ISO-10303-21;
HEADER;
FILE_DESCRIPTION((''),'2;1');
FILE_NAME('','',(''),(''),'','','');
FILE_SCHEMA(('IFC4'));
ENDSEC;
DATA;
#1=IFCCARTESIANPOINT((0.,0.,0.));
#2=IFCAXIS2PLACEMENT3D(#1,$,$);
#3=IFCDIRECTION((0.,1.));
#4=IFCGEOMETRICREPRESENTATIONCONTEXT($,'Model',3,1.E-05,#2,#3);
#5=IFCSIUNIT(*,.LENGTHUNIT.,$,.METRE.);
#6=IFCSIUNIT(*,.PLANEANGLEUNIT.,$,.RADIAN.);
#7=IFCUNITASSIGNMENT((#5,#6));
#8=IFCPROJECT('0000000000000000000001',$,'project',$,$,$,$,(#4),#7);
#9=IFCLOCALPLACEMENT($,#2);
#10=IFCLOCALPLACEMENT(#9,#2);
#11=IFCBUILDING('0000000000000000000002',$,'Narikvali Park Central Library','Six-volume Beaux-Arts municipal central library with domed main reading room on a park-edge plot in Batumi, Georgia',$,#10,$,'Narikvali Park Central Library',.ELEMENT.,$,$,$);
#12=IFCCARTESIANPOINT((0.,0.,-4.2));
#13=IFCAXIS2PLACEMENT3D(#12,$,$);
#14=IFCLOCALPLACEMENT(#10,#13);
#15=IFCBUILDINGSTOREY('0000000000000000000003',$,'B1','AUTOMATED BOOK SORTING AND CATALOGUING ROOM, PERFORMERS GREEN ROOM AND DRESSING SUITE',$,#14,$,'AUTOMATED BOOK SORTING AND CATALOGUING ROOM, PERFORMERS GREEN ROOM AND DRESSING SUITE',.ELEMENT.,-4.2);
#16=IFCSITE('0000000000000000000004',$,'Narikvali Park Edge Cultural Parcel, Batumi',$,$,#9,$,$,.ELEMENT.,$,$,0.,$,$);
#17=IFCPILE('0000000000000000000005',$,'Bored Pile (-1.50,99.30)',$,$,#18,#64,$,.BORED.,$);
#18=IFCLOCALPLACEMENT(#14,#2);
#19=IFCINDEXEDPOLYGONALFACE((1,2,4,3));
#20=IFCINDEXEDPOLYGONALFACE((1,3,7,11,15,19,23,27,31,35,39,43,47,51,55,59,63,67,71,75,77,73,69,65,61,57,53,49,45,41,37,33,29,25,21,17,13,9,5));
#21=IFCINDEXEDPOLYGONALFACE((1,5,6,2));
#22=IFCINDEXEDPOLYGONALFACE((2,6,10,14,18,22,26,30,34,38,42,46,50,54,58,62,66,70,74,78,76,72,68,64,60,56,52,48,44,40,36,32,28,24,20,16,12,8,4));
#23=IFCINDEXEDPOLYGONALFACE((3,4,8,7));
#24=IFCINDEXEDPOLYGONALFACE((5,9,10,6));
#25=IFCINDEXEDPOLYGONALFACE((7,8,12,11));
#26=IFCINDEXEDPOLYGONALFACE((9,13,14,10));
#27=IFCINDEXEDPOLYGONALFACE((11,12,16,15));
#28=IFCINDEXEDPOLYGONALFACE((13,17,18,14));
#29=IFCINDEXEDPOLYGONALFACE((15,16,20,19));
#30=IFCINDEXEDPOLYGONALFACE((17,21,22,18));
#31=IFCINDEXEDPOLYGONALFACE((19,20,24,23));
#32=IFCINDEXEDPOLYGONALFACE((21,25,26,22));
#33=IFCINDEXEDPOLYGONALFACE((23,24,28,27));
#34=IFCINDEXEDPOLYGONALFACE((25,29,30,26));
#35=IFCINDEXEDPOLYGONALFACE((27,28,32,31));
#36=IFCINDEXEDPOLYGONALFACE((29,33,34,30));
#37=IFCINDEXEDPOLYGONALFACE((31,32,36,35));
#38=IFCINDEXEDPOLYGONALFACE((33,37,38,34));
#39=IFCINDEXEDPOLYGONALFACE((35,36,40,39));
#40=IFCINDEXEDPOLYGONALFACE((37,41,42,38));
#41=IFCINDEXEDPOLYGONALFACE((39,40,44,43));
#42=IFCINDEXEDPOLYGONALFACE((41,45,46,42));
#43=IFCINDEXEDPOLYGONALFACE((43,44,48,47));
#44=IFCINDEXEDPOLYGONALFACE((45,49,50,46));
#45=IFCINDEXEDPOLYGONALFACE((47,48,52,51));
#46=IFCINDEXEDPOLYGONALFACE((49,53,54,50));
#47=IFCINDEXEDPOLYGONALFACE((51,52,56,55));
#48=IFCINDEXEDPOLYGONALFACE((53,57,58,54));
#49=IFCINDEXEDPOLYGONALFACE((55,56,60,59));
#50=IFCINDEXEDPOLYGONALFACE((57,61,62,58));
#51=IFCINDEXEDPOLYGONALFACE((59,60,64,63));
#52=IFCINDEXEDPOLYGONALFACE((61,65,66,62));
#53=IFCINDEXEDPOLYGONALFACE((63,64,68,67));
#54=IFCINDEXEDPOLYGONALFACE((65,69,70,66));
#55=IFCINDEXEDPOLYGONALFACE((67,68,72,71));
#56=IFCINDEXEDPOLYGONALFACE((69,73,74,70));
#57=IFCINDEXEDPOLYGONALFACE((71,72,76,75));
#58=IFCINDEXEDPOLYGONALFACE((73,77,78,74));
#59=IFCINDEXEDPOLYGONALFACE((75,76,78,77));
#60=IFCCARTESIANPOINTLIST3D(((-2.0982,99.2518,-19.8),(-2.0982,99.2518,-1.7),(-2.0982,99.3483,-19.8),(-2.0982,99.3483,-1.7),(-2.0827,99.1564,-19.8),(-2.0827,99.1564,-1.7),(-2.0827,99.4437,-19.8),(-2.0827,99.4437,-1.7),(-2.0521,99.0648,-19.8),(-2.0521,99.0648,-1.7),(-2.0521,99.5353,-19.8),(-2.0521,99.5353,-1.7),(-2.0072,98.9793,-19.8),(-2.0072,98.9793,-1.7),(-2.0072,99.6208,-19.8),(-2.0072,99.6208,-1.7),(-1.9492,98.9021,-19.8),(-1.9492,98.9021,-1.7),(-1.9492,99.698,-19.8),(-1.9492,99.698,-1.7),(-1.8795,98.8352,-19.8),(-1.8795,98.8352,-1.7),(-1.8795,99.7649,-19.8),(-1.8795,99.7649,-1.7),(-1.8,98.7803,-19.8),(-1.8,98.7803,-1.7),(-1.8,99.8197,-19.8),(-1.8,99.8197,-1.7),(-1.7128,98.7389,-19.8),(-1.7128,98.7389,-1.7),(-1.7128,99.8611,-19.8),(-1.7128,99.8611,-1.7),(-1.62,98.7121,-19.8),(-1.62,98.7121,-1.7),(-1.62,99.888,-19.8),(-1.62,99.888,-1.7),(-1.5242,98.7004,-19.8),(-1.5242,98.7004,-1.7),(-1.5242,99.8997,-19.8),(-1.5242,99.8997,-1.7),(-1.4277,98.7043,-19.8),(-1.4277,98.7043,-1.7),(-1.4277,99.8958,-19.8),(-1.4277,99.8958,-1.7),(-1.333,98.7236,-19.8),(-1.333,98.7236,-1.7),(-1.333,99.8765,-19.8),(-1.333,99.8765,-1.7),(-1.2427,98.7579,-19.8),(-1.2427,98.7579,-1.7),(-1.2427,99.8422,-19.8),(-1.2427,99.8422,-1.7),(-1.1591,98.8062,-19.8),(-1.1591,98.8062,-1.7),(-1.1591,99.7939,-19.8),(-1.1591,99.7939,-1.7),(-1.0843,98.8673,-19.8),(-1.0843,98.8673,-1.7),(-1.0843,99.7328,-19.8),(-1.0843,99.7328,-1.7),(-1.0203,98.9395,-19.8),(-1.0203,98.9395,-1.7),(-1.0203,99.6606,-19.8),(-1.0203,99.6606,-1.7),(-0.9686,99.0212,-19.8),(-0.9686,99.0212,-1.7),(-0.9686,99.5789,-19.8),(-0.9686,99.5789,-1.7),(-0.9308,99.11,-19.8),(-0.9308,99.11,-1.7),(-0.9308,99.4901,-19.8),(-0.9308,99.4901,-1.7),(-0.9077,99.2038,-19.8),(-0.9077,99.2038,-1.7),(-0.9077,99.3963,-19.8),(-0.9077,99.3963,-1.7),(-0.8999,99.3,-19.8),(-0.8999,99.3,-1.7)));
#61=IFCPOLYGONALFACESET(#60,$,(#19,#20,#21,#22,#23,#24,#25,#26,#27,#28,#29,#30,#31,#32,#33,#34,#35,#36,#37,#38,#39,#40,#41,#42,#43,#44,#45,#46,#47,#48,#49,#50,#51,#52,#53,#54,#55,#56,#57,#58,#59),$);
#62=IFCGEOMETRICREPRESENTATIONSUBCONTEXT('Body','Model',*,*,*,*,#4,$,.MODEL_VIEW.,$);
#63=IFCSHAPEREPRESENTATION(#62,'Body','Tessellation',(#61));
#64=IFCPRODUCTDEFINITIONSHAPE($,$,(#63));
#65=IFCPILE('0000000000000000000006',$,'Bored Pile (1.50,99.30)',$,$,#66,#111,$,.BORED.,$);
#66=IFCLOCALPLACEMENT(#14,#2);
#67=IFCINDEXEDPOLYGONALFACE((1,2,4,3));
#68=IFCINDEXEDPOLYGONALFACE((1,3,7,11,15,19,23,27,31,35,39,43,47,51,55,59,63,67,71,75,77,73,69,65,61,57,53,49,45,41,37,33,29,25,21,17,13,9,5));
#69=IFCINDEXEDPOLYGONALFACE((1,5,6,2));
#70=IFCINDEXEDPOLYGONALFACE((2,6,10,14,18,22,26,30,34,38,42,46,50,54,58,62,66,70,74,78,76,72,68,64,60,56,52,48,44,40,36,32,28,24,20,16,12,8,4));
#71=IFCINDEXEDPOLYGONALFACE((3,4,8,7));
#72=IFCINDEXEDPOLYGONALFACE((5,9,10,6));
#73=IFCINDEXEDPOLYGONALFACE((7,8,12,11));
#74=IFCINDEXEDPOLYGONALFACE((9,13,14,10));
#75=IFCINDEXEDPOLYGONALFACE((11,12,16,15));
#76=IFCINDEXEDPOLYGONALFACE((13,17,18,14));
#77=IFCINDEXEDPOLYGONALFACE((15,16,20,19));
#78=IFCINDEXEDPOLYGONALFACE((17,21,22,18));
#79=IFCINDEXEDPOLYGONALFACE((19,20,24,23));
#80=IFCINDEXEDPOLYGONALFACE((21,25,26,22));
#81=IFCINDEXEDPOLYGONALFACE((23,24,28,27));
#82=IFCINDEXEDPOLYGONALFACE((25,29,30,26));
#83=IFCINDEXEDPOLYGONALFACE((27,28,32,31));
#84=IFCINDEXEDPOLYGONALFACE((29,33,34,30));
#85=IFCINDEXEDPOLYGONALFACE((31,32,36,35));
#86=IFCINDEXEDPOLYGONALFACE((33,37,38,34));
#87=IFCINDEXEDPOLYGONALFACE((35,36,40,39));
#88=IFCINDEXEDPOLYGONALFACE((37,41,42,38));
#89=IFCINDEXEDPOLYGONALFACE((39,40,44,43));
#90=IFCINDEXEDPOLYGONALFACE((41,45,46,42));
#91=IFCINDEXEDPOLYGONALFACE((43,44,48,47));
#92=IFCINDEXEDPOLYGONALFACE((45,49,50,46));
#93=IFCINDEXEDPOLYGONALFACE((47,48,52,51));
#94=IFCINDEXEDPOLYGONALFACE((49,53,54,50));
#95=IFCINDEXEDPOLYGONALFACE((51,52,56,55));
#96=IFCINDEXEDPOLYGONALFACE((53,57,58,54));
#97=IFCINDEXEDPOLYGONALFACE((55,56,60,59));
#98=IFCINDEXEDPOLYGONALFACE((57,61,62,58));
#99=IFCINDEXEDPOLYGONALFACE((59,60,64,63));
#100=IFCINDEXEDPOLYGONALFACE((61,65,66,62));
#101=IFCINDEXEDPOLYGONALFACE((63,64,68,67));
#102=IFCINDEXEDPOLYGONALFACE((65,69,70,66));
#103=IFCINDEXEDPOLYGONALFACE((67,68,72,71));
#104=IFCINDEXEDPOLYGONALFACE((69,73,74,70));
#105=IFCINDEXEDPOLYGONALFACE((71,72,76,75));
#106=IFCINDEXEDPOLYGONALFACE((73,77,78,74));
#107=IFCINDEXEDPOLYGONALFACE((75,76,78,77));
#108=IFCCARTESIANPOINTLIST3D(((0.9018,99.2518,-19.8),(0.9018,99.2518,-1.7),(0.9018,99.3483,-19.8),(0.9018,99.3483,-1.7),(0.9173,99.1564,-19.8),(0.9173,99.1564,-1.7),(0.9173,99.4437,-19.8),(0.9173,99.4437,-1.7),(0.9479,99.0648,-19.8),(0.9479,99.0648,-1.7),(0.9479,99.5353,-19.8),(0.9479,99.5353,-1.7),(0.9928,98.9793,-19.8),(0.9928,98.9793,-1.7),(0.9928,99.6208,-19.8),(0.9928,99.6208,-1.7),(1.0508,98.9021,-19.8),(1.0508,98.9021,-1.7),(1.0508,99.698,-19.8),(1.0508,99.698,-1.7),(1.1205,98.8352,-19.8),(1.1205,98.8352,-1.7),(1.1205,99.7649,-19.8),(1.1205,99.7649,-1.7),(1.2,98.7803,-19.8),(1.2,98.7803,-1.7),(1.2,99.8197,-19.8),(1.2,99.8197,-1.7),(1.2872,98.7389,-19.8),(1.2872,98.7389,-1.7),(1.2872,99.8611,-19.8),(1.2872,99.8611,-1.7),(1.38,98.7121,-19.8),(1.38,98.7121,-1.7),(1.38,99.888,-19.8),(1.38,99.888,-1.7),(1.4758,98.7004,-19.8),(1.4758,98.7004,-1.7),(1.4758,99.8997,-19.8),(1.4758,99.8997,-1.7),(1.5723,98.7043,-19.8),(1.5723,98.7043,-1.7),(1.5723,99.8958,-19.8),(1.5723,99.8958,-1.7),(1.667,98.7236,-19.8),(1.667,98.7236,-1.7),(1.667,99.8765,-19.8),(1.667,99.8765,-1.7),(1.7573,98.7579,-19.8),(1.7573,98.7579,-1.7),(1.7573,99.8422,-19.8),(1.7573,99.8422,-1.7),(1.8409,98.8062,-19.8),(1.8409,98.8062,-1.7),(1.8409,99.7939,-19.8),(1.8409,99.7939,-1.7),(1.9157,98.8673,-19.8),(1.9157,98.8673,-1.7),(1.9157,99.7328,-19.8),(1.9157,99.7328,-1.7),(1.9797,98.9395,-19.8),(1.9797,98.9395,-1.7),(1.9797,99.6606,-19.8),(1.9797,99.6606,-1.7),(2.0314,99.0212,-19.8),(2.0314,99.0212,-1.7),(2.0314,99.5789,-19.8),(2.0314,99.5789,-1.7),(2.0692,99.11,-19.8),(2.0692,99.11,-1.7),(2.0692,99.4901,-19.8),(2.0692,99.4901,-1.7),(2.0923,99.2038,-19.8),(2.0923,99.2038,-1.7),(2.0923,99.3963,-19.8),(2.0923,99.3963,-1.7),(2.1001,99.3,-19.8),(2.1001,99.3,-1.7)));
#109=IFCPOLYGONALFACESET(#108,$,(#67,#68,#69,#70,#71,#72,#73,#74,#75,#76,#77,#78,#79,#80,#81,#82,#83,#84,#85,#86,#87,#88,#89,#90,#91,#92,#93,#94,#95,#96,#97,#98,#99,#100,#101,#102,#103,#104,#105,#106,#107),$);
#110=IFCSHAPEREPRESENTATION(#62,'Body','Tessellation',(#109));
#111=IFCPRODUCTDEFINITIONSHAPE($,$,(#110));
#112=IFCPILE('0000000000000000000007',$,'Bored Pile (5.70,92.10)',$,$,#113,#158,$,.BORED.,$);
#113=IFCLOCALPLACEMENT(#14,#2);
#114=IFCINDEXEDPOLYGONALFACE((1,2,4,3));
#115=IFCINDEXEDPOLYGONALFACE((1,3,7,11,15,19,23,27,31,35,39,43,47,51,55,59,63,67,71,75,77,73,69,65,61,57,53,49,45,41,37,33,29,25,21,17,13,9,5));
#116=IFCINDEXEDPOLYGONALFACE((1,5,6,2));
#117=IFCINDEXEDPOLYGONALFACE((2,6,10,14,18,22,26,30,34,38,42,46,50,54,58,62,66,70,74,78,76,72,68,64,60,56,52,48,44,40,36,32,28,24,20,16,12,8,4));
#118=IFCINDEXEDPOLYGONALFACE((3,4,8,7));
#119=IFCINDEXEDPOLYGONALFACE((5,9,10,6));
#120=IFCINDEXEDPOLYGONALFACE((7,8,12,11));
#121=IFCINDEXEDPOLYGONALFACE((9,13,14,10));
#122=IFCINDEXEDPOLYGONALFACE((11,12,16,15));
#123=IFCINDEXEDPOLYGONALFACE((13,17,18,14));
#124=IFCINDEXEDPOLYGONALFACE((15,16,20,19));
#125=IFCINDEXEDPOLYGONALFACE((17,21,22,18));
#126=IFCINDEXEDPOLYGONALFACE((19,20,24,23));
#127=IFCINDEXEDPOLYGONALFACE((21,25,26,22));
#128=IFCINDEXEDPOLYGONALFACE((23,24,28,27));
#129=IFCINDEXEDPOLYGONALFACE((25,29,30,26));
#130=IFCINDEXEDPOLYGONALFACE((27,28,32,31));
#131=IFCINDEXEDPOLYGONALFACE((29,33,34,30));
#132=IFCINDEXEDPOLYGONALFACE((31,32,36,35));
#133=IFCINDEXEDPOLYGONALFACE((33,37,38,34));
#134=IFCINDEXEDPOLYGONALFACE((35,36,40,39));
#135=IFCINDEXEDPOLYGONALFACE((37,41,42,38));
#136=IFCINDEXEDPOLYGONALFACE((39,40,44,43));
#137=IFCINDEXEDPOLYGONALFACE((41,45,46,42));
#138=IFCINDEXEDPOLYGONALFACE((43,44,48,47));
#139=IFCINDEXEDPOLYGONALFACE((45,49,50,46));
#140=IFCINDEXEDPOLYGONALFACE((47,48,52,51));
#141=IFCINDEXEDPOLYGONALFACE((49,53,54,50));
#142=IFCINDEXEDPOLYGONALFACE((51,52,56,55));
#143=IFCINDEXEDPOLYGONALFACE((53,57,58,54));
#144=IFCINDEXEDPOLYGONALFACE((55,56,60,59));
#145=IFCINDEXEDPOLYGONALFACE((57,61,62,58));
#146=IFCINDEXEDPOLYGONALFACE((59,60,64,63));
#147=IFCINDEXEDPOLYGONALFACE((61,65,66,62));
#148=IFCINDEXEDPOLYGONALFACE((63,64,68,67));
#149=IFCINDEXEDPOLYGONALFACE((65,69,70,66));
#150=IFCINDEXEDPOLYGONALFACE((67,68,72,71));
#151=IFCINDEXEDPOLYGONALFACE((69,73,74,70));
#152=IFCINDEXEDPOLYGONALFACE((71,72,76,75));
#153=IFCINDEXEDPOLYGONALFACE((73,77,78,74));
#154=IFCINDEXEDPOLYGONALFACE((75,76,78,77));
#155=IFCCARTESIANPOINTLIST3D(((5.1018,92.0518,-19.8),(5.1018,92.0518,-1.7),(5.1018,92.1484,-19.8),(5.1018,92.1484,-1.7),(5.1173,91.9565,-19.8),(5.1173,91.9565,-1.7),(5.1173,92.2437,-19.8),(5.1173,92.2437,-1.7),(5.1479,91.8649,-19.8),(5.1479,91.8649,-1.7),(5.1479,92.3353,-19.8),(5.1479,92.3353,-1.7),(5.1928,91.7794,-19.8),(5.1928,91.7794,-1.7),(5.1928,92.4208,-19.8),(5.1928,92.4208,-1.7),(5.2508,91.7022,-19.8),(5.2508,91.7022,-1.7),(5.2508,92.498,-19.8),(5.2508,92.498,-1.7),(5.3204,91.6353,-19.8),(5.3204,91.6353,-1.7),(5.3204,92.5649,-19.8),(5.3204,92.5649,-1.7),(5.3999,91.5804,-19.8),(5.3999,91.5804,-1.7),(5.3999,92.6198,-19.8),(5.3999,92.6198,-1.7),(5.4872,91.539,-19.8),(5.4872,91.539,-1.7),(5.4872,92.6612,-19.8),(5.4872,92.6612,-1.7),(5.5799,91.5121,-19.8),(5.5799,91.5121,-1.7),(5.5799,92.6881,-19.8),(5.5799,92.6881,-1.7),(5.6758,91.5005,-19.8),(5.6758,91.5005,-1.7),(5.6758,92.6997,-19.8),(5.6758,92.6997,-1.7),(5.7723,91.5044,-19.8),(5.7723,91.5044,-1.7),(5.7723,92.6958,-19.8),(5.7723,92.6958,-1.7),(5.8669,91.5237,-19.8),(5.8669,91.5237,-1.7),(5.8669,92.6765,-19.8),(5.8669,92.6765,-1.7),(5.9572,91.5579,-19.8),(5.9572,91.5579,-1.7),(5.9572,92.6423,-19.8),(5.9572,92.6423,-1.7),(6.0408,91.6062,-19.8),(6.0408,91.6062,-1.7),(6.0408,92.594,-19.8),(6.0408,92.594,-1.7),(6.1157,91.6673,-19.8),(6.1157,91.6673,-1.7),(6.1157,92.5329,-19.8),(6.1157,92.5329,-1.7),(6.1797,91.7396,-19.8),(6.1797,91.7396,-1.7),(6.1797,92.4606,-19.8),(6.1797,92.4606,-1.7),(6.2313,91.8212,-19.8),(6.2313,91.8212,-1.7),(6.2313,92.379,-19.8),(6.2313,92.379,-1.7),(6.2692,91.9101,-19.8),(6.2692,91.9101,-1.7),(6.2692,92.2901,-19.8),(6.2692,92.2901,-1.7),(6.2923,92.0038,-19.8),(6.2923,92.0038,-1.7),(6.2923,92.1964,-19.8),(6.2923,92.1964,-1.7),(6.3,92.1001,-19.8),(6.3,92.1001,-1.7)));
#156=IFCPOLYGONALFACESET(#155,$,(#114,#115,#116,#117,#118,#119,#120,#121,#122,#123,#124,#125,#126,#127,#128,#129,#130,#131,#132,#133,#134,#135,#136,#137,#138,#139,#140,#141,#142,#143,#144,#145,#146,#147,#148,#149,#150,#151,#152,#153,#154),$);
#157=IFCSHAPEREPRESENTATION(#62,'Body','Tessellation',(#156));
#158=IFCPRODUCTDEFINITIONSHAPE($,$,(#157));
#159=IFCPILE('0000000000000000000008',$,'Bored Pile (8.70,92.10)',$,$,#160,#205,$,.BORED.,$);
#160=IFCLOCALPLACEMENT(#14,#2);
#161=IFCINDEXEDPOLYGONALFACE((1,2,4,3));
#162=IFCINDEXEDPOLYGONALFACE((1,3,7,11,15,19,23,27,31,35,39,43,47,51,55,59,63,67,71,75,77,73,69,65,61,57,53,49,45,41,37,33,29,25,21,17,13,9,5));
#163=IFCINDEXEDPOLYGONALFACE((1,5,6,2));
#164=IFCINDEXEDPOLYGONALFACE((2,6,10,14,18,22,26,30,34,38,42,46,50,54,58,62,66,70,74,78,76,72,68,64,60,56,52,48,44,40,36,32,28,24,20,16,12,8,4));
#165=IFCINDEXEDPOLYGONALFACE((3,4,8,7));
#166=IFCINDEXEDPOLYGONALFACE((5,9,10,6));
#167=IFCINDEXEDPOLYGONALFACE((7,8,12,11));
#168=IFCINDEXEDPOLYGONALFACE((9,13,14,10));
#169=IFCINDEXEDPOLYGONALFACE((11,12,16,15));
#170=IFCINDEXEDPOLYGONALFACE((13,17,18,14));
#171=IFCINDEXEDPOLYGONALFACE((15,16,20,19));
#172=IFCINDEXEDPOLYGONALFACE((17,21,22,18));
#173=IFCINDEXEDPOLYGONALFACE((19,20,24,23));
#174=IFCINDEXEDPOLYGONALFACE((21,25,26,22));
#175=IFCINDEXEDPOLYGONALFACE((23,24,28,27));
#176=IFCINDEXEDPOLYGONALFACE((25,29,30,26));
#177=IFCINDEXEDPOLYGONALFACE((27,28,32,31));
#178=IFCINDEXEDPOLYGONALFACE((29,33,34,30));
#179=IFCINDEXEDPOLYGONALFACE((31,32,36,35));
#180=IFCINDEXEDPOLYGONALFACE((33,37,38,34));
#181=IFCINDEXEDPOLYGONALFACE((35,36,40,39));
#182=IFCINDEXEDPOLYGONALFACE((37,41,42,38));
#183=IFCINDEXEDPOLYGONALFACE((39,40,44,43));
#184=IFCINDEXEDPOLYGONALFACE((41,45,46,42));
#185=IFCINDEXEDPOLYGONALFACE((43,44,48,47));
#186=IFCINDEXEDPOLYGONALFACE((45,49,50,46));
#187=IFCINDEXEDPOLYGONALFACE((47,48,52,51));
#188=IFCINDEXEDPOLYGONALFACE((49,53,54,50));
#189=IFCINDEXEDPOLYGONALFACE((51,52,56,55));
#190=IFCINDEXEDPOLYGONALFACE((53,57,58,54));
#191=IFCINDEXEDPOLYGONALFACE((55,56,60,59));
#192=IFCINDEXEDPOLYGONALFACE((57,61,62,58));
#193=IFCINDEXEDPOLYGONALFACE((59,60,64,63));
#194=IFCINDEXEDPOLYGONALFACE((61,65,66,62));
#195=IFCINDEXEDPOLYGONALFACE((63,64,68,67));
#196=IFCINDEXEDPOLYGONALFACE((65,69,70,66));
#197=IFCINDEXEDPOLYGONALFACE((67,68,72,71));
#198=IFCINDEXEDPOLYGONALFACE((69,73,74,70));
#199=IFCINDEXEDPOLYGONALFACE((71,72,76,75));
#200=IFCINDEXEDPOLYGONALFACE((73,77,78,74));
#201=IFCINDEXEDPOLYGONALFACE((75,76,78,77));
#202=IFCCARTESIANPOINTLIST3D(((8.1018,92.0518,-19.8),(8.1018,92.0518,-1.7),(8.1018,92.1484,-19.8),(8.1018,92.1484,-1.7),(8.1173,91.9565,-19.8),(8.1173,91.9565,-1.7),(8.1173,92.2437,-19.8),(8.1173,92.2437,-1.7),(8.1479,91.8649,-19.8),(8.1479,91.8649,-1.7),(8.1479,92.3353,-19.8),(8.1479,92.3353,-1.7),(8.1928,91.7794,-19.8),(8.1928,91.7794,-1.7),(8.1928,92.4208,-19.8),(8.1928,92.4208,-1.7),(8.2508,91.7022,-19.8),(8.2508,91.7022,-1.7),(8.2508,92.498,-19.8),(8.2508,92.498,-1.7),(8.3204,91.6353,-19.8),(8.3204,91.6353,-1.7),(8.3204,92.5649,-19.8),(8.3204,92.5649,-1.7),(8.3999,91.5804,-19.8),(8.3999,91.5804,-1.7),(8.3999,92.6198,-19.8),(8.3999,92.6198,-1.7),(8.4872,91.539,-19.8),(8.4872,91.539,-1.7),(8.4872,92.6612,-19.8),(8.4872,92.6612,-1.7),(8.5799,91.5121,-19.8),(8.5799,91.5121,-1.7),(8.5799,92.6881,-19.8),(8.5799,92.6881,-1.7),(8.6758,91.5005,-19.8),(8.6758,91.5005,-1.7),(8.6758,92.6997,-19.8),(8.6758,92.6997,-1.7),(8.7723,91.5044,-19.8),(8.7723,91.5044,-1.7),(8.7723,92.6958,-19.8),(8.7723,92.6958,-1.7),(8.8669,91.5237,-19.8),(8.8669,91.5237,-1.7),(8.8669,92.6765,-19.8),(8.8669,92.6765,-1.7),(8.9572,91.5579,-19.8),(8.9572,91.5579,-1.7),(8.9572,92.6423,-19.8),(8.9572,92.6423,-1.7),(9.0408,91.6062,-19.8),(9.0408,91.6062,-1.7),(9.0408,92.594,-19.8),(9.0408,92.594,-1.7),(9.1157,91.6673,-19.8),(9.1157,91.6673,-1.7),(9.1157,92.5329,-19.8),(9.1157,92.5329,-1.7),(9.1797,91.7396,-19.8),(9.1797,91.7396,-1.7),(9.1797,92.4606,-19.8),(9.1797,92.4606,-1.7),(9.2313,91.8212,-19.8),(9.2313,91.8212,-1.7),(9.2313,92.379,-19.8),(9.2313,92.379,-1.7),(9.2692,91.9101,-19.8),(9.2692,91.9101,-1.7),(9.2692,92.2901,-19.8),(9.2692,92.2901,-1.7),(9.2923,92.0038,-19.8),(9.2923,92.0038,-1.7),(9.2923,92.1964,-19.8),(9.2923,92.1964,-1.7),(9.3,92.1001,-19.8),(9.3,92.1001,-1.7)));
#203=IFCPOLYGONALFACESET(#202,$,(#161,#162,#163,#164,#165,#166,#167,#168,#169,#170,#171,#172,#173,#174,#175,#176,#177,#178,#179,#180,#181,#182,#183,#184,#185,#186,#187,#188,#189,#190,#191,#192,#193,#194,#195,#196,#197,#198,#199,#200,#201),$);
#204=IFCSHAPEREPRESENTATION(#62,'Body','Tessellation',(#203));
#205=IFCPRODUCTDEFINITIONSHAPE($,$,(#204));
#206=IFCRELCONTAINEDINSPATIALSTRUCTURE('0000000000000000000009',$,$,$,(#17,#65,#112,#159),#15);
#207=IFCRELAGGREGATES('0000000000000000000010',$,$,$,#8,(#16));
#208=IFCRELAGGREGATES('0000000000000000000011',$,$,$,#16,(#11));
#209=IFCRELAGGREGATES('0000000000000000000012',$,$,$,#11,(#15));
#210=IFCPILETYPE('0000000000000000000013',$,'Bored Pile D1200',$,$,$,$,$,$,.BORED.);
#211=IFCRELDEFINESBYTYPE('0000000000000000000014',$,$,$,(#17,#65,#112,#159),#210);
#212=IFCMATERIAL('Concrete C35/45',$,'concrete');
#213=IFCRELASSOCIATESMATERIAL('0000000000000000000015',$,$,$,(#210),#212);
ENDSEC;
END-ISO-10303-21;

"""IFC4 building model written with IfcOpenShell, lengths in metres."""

from ifc_helpers import new_model, si_unit, direction, frame, origin, origin_2d, place, context, subcontext, project, spatial, circle, extrude, material, material_profile, profile_set, type_object, element, save


model = new_model("IFC4")

# Units and contexts
model_context = context("Model", 3, precision=1e-05, world=origin(), true_north=direction((0.0, 1.0)))
body_context = subcontext(model_context, "Body", "Model", "MODEL_VIEW")
ifc_project = project(units=[si_unit("LENGTHUNIT", "METRE"), si_unit("PLANEANGLEUNIT", "RADIAN")], contexts=[model_context])

# Site, building, storey
site_placement = place(None, origin())
site = spatial("IfcSite", under=ifc_project, at=site_placement, Name="Narikvali Park Edge Cultural Parcel, Batumi", CompositionType="ELEMENT", RefElevation=0.0)
building_placement = place(site_placement, origin())
building = spatial("IfcBuilding", under=site, at=building_placement, Name="Narikvali Park Central Library", Description="Six-volume Beaux-Arts municipal central library with domed main reading room on a park-edge plot in Batumi, Georgia", LongName="Narikvali Park Central Library", CompositionType="ELEMENT")
storey_placement = place(building_placement, frame((0.0, 0.0, -4.2)))
storey = spatial("IfcBuildingStorey", under=building, at=storey_placement, Name="B1", Description="AUTOMATED BOOK SORTING AND CATALOGUING ROOM, PERFORMERS GREEN ROOM AND DRESSING SUITE", LongName="AUTOMATED BOOK SORTING AND CATALOGUING ROOM, PERFORMERS GREEN ROOM AND DRESSING SUITE", CompositionType="ELEMENT", Elevation=-4.2)

# Piles
ifc_material_1 = material(Name="Concrete C35/45", Category="concrete")
ifc_material_profile_1 = material_profile(ifc_material_1, circle(Radius=0.6001, at=origin_2d()), Name="PILE D1200")
ifc_profile_set_1 = profile_set([ifc_material_profile_1], Name="Concrete C35/45")
pile_type = type_object("IfcPileType", Name="Bored Pile D1200", PredefinedType="BORED", material=ifc_profile_set_1)
for number, where, z_axis, x_axis, name in (
    (1, (-1.5, 99.3, -1.7), (0.0, 0.0, -1.0), (1.0, 0.0, 0.0), "Bored Pile (-1.50,99.30)"),
    (2, (1.5, 99.3, -1.7), (0.0, 0.0, -1.0), (1.0, 0.0, 0.0), "Bored Pile (1.50,99.30)"),
    (3, (5.7, 92.1001, -1.7), (0.0, 0.0, -1.0), (1.0, 0.0, 0.0), "Bored Pile (5.70,92.10)"),
    (4, (8.7, 92.1001, -1.7), (0.0, 0.0, -1.0), (1.0, 0.0, 0.0), "Bored Pile (8.70,92.10)"),
):
    element("IfcPile", number, at=place(storey_placement, frame(where, z_axis=z_axis, x_axis=x_axis)), inside=storey, type_object=pile_type, Name=name, PredefinedType="BORED", context=body_context, shape_type="SweptSolid", body=[
        extrude(circle(Radius=0.6001, at=origin_2d()), origin(), (0.0, 0.0, 1.0), 18.1001),
    ])

save(model, "model.ifc")
